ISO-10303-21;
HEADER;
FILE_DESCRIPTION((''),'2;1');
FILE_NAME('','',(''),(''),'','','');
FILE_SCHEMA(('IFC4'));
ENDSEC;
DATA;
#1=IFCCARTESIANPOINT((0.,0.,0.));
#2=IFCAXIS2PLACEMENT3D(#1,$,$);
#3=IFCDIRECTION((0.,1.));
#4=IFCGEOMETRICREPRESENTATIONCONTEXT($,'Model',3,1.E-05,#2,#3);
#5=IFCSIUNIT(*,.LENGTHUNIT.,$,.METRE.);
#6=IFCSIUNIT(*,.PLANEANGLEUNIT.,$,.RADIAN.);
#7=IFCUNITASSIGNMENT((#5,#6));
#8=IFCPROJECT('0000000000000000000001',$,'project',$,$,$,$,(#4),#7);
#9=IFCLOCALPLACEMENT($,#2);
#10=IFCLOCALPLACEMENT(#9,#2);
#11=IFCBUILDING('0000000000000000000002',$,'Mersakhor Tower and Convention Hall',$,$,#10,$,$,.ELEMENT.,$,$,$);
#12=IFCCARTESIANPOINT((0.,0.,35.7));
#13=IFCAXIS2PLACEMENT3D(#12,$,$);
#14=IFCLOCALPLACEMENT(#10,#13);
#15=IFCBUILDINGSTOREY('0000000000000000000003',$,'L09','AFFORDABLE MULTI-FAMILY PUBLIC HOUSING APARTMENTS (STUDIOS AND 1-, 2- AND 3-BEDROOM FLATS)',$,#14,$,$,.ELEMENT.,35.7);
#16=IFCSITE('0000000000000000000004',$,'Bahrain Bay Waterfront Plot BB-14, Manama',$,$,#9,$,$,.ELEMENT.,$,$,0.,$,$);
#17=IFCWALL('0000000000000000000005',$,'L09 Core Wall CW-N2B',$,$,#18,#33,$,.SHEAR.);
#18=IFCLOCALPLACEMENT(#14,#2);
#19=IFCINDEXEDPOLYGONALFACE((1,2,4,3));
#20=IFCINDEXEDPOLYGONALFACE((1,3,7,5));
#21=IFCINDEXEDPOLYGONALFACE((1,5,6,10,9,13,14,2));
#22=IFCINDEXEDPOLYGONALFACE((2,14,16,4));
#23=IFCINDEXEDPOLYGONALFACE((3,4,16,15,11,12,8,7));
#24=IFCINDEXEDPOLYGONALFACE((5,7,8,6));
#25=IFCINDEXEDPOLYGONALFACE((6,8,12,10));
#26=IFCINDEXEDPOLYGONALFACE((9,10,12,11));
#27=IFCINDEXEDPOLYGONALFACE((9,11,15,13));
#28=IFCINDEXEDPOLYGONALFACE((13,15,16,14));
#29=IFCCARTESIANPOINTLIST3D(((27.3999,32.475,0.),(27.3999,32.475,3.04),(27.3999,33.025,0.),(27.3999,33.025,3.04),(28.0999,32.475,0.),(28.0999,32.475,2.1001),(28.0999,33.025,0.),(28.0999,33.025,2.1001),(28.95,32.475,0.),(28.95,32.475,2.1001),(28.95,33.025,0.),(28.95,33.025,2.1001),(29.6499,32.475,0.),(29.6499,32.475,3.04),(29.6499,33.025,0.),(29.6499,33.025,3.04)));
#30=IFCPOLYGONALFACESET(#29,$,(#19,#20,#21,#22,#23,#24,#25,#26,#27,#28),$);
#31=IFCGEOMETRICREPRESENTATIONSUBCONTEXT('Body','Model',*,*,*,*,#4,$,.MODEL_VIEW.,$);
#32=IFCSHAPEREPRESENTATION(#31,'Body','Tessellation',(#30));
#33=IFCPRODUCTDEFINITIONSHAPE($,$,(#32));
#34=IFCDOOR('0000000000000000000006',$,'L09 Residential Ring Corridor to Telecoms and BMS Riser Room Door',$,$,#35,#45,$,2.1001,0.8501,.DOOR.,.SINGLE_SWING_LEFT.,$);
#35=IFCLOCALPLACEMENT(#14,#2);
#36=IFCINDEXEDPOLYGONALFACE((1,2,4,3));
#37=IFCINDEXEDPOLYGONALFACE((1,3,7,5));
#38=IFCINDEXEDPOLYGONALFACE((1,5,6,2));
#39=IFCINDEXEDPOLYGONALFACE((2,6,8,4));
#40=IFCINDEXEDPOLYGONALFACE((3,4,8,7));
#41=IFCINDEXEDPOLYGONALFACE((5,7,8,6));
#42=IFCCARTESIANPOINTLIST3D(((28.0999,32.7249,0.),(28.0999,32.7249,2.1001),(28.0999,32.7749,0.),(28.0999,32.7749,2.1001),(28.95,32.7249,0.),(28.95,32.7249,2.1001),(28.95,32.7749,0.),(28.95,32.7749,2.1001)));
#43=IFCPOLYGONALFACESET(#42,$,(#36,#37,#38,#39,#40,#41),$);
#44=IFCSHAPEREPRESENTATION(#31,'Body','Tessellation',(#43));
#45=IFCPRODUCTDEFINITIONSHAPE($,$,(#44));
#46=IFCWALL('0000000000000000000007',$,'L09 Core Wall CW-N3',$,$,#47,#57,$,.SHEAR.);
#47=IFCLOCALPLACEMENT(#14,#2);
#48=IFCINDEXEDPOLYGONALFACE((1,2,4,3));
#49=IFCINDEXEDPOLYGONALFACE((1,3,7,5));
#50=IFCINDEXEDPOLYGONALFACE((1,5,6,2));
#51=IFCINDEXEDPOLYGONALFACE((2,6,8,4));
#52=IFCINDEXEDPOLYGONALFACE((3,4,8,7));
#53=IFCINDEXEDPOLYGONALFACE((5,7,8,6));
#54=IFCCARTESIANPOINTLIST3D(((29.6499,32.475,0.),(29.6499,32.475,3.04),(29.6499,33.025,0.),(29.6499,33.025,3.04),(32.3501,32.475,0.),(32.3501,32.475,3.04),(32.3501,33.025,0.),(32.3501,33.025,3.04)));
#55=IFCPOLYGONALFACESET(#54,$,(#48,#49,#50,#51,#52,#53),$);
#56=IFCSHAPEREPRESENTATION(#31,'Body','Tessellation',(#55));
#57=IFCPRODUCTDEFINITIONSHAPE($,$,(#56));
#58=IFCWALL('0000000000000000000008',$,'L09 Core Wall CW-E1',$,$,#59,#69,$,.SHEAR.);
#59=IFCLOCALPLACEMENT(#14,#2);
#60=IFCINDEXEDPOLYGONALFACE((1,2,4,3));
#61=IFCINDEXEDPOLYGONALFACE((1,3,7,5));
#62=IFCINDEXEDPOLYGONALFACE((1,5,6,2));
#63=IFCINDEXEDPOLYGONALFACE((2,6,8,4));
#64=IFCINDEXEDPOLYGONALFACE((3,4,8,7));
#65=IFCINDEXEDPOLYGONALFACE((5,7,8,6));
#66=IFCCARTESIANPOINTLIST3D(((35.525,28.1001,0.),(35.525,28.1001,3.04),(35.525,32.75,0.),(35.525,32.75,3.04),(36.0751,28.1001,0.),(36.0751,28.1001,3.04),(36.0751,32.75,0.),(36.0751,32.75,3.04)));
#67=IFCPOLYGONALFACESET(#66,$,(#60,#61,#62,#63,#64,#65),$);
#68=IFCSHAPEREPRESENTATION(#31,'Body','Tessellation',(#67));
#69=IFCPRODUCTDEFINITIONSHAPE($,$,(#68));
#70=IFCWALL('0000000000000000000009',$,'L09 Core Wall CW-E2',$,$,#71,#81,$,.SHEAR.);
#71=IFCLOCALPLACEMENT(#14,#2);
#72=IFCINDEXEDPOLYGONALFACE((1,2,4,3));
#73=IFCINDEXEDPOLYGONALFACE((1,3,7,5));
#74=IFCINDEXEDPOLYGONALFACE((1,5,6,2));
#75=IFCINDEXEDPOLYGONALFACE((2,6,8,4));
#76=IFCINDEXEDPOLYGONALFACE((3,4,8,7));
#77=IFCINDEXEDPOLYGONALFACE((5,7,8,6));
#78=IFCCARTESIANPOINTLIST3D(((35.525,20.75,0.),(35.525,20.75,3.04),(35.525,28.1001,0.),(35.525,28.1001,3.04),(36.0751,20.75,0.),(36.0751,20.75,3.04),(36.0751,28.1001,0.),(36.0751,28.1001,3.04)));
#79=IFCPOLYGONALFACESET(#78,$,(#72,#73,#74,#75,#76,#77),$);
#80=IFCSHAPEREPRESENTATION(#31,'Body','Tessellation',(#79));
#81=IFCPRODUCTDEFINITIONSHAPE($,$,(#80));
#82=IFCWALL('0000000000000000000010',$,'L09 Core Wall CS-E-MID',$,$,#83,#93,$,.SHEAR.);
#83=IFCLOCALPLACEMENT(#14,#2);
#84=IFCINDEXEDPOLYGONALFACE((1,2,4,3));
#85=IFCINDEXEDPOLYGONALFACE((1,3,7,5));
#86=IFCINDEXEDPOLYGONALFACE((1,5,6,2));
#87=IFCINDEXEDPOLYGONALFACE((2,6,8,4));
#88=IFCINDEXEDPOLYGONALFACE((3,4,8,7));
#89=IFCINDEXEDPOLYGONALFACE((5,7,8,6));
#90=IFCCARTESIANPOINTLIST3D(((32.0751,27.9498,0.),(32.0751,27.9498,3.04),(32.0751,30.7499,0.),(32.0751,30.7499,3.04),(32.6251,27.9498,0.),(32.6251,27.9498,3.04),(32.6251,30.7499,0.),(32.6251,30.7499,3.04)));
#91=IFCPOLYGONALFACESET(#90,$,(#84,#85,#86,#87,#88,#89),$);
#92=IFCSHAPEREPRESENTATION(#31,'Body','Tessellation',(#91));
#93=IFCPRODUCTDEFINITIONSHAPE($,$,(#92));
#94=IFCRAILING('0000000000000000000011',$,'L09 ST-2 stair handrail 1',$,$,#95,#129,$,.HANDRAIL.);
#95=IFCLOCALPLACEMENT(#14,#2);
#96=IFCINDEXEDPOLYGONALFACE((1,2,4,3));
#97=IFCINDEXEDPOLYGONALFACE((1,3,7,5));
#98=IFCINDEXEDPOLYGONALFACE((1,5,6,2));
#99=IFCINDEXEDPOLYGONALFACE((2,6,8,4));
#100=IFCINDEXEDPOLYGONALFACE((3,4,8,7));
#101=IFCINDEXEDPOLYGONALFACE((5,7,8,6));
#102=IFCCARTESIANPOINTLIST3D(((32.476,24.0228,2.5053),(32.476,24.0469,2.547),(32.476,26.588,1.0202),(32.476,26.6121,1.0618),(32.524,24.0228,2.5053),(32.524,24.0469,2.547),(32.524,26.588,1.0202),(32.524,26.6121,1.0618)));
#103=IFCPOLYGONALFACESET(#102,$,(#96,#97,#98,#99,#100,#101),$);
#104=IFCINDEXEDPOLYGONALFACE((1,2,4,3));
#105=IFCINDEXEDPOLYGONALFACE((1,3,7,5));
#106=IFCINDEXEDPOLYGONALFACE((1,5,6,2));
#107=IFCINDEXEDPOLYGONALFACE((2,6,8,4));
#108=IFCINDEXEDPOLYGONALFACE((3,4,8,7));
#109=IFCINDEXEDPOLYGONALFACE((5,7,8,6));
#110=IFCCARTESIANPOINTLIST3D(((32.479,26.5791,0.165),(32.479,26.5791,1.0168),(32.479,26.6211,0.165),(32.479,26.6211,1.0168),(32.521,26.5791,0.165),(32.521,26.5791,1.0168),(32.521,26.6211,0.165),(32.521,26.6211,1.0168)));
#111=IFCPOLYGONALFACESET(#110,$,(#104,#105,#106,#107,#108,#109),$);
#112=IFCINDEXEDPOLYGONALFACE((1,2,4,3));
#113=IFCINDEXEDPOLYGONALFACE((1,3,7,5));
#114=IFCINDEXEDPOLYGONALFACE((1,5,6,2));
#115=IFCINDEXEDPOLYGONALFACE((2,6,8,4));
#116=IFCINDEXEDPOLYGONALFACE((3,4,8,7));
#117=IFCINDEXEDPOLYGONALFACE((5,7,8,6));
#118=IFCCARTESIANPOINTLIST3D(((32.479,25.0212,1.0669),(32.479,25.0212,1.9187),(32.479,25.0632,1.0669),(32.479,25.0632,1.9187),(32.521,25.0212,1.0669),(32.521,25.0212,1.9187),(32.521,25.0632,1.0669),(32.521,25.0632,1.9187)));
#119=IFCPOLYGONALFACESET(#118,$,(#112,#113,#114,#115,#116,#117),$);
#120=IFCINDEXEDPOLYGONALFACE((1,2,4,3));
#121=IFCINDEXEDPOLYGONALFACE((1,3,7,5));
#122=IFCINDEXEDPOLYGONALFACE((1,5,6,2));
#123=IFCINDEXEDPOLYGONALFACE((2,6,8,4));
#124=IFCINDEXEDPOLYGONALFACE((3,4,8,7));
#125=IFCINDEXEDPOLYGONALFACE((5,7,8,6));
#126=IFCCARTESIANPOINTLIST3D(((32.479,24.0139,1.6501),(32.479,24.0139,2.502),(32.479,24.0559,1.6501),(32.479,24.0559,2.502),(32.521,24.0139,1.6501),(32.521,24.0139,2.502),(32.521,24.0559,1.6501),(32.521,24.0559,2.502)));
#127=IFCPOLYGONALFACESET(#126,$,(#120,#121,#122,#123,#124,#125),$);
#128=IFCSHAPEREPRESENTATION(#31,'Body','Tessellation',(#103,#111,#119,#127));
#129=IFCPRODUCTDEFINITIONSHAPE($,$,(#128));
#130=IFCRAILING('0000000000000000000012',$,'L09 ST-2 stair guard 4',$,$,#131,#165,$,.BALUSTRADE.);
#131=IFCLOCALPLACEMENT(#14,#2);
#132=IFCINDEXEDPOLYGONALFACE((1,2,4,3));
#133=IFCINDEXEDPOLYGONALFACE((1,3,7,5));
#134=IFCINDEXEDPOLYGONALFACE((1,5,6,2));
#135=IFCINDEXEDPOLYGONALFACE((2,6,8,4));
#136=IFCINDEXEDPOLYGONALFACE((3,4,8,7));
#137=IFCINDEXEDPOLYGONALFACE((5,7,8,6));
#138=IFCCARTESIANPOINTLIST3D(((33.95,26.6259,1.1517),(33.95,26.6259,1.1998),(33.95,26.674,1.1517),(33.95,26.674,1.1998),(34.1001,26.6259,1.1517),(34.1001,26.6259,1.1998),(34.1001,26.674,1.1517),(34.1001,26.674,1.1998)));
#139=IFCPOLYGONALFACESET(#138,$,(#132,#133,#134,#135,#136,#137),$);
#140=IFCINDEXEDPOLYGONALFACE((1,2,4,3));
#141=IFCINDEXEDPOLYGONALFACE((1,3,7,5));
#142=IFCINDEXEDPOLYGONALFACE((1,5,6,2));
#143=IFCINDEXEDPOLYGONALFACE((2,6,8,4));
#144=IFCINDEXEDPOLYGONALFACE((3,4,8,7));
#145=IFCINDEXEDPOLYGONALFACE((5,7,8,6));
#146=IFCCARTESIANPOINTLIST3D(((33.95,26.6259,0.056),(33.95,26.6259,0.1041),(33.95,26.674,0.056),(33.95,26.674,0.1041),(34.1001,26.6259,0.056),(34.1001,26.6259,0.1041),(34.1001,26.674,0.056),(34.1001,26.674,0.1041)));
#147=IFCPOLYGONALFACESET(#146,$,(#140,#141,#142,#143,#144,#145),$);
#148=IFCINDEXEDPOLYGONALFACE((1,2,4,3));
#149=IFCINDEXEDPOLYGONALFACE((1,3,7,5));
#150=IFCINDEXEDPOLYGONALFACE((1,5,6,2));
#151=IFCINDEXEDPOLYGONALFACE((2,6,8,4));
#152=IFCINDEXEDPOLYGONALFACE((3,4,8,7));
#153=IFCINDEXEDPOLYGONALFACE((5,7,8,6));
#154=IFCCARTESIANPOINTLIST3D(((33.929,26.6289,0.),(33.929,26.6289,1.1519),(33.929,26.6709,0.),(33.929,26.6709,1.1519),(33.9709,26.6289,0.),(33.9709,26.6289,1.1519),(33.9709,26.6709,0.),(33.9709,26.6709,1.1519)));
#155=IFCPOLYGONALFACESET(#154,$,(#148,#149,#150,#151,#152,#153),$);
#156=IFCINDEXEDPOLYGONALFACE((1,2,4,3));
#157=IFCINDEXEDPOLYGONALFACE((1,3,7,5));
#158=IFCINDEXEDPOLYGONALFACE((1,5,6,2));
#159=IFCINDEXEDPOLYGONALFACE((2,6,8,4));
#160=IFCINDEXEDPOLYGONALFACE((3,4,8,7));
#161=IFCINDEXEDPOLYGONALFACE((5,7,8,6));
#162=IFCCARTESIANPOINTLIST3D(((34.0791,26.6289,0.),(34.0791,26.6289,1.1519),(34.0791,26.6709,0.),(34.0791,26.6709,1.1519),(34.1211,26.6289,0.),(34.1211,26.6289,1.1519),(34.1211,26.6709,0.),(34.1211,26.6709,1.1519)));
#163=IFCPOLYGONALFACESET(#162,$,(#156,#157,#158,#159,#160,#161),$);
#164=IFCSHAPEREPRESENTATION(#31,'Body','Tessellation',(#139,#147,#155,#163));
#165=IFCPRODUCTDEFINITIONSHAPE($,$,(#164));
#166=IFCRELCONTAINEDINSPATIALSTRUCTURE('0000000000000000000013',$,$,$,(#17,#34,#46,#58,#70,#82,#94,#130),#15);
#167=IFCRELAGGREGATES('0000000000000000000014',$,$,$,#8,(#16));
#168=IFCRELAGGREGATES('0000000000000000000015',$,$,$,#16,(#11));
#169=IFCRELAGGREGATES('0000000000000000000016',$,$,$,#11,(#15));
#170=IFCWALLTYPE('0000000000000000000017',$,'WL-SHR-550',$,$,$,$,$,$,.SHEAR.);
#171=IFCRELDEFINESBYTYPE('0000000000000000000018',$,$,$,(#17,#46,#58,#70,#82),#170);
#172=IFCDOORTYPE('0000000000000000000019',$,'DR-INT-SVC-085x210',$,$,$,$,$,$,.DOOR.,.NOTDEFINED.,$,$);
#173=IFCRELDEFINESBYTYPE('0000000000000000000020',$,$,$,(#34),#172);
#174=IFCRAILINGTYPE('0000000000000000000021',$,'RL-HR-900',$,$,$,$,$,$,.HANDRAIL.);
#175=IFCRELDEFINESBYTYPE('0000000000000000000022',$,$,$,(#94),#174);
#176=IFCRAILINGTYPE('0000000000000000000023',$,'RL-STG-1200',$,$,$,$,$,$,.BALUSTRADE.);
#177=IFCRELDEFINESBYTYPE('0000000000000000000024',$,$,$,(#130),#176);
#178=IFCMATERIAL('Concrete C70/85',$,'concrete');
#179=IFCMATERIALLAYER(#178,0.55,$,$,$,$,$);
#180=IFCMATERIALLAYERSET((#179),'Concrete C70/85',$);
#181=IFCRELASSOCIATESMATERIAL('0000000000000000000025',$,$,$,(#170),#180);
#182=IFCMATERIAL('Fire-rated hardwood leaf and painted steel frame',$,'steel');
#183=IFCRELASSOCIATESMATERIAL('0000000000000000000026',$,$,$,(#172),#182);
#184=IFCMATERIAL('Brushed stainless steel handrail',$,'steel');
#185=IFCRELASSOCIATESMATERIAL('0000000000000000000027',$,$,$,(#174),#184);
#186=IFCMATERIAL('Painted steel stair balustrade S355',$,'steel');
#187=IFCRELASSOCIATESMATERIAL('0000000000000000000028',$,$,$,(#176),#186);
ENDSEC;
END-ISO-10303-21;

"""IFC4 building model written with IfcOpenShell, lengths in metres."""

from ifc_helpers import new_model, si_unit, direction, frame, frame_2d, origin, origin_2d, place, context, subcontext, project, spatial, rectangle, extrude, material, layer, layer_set, type_object, element, fill, save


model = new_model("IFC4")

# Units and contexts
model_context = context("Model", 3, precision=1e-05, world=origin(), true_north=direction((0.0, 1.0)))
body_context = subcontext(model_context, "Body", "Model", "MODEL_VIEW")
ifc_project = project(units=[si_unit("LENGTHUNIT", "METRE"), si_unit("PLANEANGLEUNIT", "RADIAN")], contexts=[model_context])

# Site, building, storey
site_placement = place(None, origin())
site = spatial("IfcSite", under=ifc_project, at=site_placement, Name="Bahrain Bay Waterfront Plot BB-14, Manama", CompositionType="ELEMENT", RefElevation=0.0)
building_placement = place(site_placement, origin())
building = spatial("IfcBuilding", under=site, at=building_placement, Name="Mersakhor Tower and Convention Hall", CompositionType="ELEMENT")
storey_placement = place(building_placement, frame((0.0, 0.0, 35.7)))
storey = spatial("IfcBuildingStorey", under=building, at=storey_placement, Name="L09", Description="AFFORDABLE MULTI-FAMILY PUBLIC HOUSING APARTMENTS (STUDIOS AND 1-, 2- AND 3-BEDROOM FLATS)", CompositionType="ELEMENT", Elevation=35.7)

# Wall, opening, door
ifc_material_1 = material(Name="Concrete C70/85", Category="concrete")
ifc_layer_1 = layer(ifc_material_1, 0.55)
ifc_layer_set_1 = layer_set([ifc_layer_1], Name="Concrete C70/85")
wall_type_1 = type_object("IfcWallType", Name="WL-SHR-550", PredefinedType="SHEAR", material=ifc_layer_set_1)
wall_1_placement = place(storey_placement, frame((27.3999, 32.75, 0.0), z_axis=(0.0, 0.0, 1.0), x_axis=(1.0, 0.0, 0.0)))
wall_1 = element("IfcWall", 1, at=wall_1_placement, inside=storey, type_object=wall_type_1, Name="L09 Core Wall CW-N2B", PredefinedType="SHEAR", context=body_context, shape_type="SweptSolid", body=[
    extrude(rectangle(XDim=2.25, YDim=0.55, at=frame_2d((1.125, 0.0))), origin(), (0.0, 0.0, 1.0), 3.04),
])
opening_1_placement = place(wall_1_placement, frame((0.7, 0.0, 0.0)))
opening_1 = element("IfcOpeningElement", 2, at=opening_1_placement, cuts=wall_1, PredefinedType="OPENING", context=body_context, shape_type="SweptSolid", body=[
    extrude(rectangle(XDim=0.8501, YDim=2.1001, at=frame_2d((0.425, 1.05))), frame((0.0, 0.2849, 0.0), z_axis=(0.0, -1.0, 0.0), x_axis=(1.0, 0.0, 0.0)), (0.0, 0.0, 1.0), 0.5701),
])
ifc_material_2 = material(Name="Fire-rated hardwood leaf and painted steel frame", Category="steel")
door_type_1 = type_object("IfcDoorType", Name="DR-INT-SVC-085x210", OperationType="NOTDEFINED", PredefinedType="DOOR", material=ifc_material_2)
door_1_placement = place(opening_1_placement, origin())
door_1 = element("IfcDoor", 3, at=door_1_placement, inside=storey, type_object=door_type_1, Name="L09 Residential Ring Corridor to Telecoms and BMS Riser Room Door", OperationType="SINGLE_SWING_LEFT", OverallHeight=2.1001, OverallWidth=0.8501, PredefinedType="DOOR", context=body_context, shape_type="SweptSolid", body=[
    extrude(rectangle(XDim=0.8501, YDim=2.1001, at=frame_2d((0.425, 1.05))), frame((0.0, 0.0249, 0.0), z_axis=(0.0, -1.0, 0.0), x_axis=(1.0, 0.0, 0.0)), (0.0, 0.0, 1.0), 0.05),
])
fill(opening_1, door_1)

# Wall
wall_2_placement = place(storey_placement, frame((29.6499, 32.75, 0.0), z_axis=(0.0, 0.0, 1.0), x_axis=(1.0, 0.0, 0.0)))
element("IfcWall", 4, at=wall_2_placement, inside=storey, type_object=wall_type_1, Name="L09 Core Wall CW-N3", PredefinedType="SHEAR", context=body_context, shape_type="SweptSolid", body=[
    extrude(rectangle(XDim=2.7002, YDim=0.55, at=frame_2d((1.3501, 0.0))), origin(), (0.0, 0.0, 1.0), 3.04),
])

# Walls
wall_3_placement = place(storey_placement, frame((35.8, 32.75, 0.0), z_axis=(0.0, 0.0, 1.0), x_axis=(0.0, -1.0, 0.0)))
element("IfcWall", 5, at=wall_3_placement, inside=storey, type_object=wall_type_1, Name="L09 Core Wall CW-E1", PredefinedType="SHEAR", context=body_context, shape_type="SweptSolid", body=[
    extrude(rectangle(XDim=4.6499, YDim=0.55, at=frame_2d((2.325, 0.0))), origin(), (0.0, 0.0, 1.0), 3.04),
])
wall_4_placement = place(storey_placement, frame((35.8, 28.1001, 0.0), z_axis=(0.0, 0.0, 1.0), x_axis=(0.0, -1.0, 0.0)))
element("IfcWall", 6, at=wall_4_placement, inside=storey, type_object=wall_type_1, Name="L09 Core Wall CW-E2", PredefinedType="SHEAR", context=body_context, shape_type="SweptSolid", body=[
    extrude(rectangle(XDim=7.3501, YDim=0.55, at=frame_2d((3.675, 0.0))), origin(), (0.0, 0.0, 1.0), 3.04),
])
wall_5_placement = place(storey_placement, frame((32.3501, 27.95, 0.0), z_axis=(0.0, 0.0, 1.0), x_axis=(0.0, 1.0, 0.0)))
element("IfcWall", 7, at=wall_5_placement, inside=storey, type_object=wall_type_1, Name="L09 Core Wall CS-E-MID", PredefinedType="SHEAR", context=body_context, shape_type="SweptSolid", body=[
    extrude(rectangle(XDim=2.8, YDim=0.55, at=frame_2d((1.3999, 0.0))), origin(), (0.0, 0.0, 1.0), 3.04),
])

# Railings
ifc_material_3 = material(Name="Brushed stainless steel handrail", Category="steel")
railing_type_1 = type_object("IfcRailingType", Name="RL-HR-900", PredefinedType="HANDRAIL", material=ifc_material_3)
railing_1_placement = place(storey_placement, frame((32.5, 26.6001, 0.165)))
element("IfcRailing", 8, at=railing_1_placement, inside=storey, type_object=railing_type_1, Name="L09 ST-2 stair handrail 1", PredefinedType="HANDRAIL", context=body_context, shape_type="SweptSolid", body=[
    extrude(rectangle(XDim=0.0481, YDim=0.0481, at=origin_2d()), frame((0.0, 0.0, 0.876), z_axis=(0.0, -0.865426, 0.501036), x_axis=(1.0, 0.0, 0.0)), (0.0, 0.0, 1.0), 2.9641),
    extrude(rectangle(XDim=0.042, YDim=0.042, at=origin_2d()), origin(), (0.0, 0.0, 1.0), 0.8518),
    extrude(rectangle(XDim=0.042, YDim=0.042, at=origin_2d()), frame((0.0, -1.5579, 0.9019)), (0.0, 0.0, 1.0), 0.8518),
    extrude(rectangle(XDim=0.042, YDim=0.042, at=origin_2d()), frame((0.0, -2.5652, 1.4851)), (0.0, 0.0, 1.0), 0.8518),
])
ifc_material_4 = material(Name="Painted steel stair balustrade S355", Category="steel")
railing_type_2 = type_object("IfcRailingType", Name="RL-STG-1200", PredefinedType="BALUSTRADE", material=ifc_material_4)
railing_2_placement = place(storey_placement, frame((33.95, 26.6499, 0.0)))
element("IfcRailing", 9, at=railing_2_placement, inside=storey, type_object=railing_type_2, Name="L09 ST-2 stair guard 4", PredefinedType="BALUSTRADE", context=body_context, shape_type="SweptSolid", body=[
    extrude(rectangle(XDim=0.0481, YDim=0.0481, at=origin_2d()), frame((0.0, 0.0, 1.1758), z_axis=(1.0, 0.0, 0.0), x_axis=(0.0, 1.0, 0.0)), (0.0, 0.0, 1.0), 0.1501),
    extrude(rectangle(XDim=0.0481, YDim=0.0481, at=origin_2d()), frame((0.0, 0.0, 0.0801), z_axis=(1.0, 0.0, 0.0), x_axis=(0.0, 1.0, 0.0)), (0.0, 0.0, 1.0), 0.1501),
    extrude(rectangle(XDim=0.042, YDim=0.042, at=origin_2d()), origin(), (0.0, 0.0, 1.0), 1.1519),
    extrude(rectangle(XDim=0.042, YDim=0.042, at=origin_2d()), frame((0.1501, 0.0, 0.0)), (0.0, 0.0, 1.0), 1.1519),
])

save(model, "model.ifc")
